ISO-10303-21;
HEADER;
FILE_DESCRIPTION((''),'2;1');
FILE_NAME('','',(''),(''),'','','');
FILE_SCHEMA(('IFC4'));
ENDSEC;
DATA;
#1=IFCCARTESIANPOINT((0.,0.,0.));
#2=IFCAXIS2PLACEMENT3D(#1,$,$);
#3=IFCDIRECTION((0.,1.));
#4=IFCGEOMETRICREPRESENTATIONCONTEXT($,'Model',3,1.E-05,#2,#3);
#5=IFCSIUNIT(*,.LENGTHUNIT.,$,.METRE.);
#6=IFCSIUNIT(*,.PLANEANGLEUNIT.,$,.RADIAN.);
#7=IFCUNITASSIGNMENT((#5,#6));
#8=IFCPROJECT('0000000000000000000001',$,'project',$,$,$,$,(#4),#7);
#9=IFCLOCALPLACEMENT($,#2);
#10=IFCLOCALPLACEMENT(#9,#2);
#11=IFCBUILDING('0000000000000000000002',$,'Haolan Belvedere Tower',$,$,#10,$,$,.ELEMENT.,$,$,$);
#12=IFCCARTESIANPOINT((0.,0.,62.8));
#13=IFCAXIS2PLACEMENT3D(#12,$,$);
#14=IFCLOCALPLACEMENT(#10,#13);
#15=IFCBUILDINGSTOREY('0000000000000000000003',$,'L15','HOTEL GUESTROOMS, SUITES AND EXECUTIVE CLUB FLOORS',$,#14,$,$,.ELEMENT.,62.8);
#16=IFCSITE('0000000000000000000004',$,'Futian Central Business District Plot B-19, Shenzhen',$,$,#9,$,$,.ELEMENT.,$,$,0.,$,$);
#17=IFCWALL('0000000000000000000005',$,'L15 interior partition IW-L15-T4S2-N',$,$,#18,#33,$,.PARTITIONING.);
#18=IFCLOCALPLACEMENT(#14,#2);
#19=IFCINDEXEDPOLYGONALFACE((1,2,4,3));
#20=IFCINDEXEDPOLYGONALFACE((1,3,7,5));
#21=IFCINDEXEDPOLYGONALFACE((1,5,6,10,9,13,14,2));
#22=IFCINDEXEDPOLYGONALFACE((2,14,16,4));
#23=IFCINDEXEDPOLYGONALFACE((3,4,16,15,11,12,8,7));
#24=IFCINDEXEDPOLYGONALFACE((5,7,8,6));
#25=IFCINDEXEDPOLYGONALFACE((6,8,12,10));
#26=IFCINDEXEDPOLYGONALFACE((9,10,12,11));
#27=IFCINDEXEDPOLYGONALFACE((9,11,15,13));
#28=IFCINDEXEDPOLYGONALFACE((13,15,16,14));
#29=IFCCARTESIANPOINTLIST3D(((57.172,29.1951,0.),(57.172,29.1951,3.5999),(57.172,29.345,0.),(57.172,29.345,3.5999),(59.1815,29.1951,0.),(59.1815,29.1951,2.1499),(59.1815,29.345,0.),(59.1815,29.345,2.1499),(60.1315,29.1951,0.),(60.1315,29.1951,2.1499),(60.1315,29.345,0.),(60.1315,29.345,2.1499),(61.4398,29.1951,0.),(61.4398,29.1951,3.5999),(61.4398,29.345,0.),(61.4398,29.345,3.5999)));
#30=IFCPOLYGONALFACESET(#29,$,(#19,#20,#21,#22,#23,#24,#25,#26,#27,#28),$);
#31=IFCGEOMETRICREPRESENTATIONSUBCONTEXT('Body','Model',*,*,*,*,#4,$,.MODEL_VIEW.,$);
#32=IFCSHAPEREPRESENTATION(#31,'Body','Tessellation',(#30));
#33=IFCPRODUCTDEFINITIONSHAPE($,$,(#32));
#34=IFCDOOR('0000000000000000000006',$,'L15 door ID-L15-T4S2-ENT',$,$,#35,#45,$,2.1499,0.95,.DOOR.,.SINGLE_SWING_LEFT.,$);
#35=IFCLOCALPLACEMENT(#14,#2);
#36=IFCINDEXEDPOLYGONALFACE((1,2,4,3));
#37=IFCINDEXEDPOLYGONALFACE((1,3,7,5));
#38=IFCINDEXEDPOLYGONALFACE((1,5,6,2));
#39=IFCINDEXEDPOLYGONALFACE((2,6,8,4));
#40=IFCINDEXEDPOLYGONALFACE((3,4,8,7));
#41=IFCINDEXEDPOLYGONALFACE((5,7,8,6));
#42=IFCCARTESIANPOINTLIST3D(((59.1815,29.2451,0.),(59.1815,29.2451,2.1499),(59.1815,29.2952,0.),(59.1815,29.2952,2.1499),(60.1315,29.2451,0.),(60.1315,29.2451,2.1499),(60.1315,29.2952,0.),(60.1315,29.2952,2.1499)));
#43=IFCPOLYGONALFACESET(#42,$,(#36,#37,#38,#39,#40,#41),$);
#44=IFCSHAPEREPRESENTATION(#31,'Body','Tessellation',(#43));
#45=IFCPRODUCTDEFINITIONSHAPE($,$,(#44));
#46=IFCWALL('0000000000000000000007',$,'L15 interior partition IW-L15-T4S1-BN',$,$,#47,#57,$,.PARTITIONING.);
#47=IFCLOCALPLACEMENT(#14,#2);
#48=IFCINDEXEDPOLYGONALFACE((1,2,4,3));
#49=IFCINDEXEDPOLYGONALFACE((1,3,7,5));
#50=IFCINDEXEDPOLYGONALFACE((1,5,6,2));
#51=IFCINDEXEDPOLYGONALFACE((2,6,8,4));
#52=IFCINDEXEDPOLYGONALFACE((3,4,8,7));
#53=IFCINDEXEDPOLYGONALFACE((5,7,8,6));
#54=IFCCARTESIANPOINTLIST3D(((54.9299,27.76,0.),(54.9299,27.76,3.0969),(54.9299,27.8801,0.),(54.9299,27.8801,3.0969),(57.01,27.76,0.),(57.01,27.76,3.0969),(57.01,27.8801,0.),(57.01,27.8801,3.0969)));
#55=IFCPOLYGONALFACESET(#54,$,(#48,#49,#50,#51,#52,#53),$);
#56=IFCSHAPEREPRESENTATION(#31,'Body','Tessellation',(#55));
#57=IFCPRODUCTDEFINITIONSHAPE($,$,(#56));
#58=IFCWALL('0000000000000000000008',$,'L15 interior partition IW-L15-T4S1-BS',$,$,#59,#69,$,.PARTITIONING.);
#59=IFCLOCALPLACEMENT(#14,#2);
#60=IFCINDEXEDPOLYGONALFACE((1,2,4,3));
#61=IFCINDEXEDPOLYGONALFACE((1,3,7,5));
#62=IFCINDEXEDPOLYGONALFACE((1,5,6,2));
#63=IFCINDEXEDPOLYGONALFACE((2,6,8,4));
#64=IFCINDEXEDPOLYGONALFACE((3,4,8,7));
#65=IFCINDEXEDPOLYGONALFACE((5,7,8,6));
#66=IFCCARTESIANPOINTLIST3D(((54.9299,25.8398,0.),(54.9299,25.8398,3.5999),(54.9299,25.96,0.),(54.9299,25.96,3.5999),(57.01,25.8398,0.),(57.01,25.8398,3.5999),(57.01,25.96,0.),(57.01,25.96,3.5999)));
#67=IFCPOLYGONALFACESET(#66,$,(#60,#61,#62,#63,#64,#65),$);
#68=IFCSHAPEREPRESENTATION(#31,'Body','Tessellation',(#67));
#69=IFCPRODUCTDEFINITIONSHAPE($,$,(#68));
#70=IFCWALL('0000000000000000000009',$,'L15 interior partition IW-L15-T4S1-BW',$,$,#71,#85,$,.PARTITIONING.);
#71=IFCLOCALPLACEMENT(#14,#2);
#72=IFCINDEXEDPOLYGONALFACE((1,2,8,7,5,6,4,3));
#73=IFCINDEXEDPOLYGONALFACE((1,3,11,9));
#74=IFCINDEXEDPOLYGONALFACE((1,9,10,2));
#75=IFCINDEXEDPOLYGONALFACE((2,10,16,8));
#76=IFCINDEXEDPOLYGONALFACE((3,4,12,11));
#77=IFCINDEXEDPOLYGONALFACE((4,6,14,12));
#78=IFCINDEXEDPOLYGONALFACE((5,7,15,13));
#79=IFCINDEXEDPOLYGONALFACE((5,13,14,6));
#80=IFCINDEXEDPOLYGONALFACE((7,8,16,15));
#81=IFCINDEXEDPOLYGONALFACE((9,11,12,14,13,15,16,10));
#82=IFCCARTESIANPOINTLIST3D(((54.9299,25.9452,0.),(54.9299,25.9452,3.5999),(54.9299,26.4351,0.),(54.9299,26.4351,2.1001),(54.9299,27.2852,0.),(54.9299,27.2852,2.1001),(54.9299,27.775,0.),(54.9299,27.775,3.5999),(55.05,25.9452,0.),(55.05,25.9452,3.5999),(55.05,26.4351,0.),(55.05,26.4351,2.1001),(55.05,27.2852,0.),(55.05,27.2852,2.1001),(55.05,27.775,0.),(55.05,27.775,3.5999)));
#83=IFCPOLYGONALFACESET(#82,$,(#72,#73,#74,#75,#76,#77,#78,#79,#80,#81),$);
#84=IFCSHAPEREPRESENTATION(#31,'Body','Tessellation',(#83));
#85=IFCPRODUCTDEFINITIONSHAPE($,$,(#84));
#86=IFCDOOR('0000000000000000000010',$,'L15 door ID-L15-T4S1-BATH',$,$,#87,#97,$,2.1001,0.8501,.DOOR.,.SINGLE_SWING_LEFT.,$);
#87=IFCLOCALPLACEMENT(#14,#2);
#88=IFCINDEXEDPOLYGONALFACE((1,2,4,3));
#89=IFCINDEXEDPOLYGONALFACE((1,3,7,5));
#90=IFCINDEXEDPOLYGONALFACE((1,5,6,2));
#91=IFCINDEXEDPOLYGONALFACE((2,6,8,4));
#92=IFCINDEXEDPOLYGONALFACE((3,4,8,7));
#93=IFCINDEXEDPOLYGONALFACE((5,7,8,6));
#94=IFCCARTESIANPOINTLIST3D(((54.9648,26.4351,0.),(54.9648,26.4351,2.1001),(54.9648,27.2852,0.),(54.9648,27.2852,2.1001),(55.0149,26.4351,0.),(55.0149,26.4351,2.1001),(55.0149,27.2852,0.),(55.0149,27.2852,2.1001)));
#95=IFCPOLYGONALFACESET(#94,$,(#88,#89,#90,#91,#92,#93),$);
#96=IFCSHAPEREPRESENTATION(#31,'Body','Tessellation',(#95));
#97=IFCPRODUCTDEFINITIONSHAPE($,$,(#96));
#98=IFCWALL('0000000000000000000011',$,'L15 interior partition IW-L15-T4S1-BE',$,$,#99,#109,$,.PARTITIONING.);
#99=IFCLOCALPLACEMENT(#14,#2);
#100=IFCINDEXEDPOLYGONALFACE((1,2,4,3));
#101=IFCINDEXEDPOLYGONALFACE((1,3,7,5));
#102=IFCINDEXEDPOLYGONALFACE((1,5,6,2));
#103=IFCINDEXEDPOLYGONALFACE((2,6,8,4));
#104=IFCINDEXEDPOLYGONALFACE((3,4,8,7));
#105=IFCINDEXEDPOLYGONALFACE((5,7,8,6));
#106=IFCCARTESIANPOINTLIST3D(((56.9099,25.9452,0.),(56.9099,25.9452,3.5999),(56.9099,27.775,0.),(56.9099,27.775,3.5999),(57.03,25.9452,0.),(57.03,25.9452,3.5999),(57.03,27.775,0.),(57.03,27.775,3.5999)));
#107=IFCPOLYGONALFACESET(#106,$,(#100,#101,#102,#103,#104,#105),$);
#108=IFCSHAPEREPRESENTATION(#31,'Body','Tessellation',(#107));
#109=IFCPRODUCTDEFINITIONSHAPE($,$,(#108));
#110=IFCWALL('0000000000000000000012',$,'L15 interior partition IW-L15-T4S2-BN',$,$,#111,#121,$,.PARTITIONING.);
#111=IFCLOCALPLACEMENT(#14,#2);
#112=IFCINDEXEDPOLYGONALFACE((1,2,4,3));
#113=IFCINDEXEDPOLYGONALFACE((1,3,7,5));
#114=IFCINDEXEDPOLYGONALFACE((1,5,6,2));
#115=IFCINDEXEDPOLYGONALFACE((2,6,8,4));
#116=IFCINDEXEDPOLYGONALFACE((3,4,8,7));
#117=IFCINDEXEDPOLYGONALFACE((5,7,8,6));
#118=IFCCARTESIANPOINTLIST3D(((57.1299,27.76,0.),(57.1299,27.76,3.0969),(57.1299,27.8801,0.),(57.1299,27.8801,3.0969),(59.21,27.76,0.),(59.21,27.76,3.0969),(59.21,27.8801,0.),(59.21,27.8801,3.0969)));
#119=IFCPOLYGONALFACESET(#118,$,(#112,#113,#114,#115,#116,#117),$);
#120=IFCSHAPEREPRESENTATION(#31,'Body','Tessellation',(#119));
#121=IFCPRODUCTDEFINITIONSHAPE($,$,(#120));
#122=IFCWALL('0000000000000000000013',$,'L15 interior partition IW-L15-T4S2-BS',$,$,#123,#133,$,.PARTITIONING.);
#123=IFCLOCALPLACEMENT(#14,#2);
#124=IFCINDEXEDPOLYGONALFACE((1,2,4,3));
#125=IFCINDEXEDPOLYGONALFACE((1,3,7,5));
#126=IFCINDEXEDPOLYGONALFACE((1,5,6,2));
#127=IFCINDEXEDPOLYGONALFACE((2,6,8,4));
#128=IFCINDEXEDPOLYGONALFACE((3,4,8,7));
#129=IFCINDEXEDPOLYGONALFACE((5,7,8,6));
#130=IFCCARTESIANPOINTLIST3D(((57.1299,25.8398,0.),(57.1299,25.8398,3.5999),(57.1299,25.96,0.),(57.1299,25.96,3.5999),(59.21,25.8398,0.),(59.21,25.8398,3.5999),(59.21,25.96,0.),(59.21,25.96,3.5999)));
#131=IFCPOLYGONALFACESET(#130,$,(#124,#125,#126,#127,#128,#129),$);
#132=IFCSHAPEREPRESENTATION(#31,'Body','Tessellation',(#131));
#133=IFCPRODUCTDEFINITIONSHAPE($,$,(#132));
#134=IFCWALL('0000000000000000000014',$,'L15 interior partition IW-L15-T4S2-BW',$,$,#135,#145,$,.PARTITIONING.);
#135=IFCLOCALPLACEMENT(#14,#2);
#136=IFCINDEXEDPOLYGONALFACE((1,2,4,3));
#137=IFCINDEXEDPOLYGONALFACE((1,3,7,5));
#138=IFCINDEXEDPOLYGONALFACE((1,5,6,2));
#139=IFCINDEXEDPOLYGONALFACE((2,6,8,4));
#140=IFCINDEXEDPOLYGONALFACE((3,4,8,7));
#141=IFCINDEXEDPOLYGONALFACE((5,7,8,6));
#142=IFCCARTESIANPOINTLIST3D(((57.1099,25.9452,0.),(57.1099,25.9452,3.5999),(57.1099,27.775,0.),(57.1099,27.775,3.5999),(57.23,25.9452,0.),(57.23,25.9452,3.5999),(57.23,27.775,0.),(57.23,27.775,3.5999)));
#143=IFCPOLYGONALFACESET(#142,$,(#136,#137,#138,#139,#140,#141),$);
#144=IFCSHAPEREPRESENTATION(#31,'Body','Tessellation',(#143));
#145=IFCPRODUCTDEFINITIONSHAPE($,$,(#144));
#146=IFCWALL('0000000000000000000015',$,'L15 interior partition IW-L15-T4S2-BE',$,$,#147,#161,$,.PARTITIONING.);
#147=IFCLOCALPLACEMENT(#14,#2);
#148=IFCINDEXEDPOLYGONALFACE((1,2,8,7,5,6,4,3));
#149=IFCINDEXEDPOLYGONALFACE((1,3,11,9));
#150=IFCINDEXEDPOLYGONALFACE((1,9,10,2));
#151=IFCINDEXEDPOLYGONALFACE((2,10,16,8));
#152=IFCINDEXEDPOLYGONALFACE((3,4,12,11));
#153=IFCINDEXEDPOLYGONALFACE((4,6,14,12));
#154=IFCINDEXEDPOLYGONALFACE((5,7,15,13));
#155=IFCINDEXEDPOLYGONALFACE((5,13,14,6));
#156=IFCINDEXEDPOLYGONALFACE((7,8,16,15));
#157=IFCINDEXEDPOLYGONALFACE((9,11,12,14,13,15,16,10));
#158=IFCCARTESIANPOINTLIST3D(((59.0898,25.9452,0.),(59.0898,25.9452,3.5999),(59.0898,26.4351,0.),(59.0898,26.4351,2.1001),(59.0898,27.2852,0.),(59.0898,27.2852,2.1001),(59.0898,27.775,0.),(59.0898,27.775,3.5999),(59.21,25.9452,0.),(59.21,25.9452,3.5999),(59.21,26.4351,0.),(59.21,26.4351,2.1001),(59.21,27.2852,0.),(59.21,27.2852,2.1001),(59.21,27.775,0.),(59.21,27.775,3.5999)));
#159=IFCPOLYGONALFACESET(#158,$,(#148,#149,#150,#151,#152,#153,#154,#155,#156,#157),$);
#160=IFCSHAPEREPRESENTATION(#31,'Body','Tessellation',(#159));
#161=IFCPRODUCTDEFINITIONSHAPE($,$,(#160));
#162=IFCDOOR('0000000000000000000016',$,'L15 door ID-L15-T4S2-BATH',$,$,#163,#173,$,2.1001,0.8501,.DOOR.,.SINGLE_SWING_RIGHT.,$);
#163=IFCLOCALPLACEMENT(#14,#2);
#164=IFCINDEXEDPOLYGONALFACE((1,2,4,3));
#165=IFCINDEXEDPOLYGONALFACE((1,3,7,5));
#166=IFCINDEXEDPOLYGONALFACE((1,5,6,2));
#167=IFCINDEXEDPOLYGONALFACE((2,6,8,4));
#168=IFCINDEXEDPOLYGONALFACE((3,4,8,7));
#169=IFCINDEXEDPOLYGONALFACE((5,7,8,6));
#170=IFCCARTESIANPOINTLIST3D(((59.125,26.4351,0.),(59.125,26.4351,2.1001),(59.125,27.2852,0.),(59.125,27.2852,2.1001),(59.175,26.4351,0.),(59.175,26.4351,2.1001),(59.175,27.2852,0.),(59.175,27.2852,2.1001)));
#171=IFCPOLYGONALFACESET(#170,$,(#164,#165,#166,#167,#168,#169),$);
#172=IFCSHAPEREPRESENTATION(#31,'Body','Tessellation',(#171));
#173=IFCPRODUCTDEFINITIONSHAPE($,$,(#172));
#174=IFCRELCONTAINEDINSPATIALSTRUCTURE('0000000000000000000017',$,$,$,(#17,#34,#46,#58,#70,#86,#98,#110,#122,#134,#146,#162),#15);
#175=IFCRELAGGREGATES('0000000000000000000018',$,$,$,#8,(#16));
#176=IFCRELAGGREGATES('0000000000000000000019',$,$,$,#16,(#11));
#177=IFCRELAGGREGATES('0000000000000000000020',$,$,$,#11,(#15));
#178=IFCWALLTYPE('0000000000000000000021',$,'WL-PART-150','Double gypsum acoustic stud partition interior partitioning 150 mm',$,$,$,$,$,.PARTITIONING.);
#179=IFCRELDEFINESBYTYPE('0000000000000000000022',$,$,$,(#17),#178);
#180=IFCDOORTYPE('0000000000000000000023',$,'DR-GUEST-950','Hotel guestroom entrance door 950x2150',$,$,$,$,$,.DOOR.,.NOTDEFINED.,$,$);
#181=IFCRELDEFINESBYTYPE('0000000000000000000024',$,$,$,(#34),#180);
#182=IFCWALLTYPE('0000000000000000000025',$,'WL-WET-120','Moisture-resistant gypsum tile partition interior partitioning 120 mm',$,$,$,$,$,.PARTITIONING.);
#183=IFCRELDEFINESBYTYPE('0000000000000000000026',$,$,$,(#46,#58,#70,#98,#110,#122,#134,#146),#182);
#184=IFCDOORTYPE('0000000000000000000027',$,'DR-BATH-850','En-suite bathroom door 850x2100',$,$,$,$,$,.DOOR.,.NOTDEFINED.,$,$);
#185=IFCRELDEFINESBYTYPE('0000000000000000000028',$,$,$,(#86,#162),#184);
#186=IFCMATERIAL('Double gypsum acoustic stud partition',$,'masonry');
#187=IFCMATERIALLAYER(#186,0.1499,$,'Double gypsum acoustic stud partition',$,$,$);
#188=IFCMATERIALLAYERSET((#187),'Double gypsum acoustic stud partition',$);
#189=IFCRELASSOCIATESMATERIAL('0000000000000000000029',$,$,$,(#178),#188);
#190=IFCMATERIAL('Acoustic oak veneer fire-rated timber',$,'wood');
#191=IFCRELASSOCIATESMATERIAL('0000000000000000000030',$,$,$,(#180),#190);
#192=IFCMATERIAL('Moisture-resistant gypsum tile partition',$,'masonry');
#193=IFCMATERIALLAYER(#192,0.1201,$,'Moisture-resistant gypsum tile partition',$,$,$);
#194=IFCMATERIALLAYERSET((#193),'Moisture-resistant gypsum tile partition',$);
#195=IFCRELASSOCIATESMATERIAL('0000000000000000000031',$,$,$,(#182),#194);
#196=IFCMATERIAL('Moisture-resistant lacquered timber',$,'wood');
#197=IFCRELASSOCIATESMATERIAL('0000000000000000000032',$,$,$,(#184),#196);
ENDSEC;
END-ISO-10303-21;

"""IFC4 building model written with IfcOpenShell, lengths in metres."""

from ifc_helpers import new_model, si_unit, direction, frame, frame_2d, origin, place, context, subcontext, project, spatial, rectangle, extrude, material, layer, layer_set, type_object, element, fill, save


model = new_model("IFC4")

# Units and contexts
model_context = context("Model", 3, precision=1e-05, world=origin(), true_north=direction((0.0, 1.0)))
body_context = subcontext(model_context, "Body", "Model", "MODEL_VIEW")
ifc_project = project(units=[si_unit("LENGTHUNIT", "METRE"), si_unit("PLANEANGLEUNIT", "RADIAN")], contexts=[model_context])

# Site, building, storey
site_placement = place(None, origin())
site = spatial("IfcSite", under=ifc_project, at=site_placement, Name="Futian Central Business District Plot B-19, Shenzhen", CompositionType="ELEMENT", RefElevation=0.0)
building_placement = place(site_placement, origin())
building = spatial("IfcBuilding", under=site, at=building_placement, Name="Haolan Belvedere Tower", CompositionType="ELEMENT")
storey_placement = place(building_placement, frame((0.0, 0.0, 62.8)))
storey = spatial("IfcBuildingStorey", under=building, at=storey_placement, Name="L15", Description="HOTEL GUESTROOMS, SUITES AND EXECUTIVE CLUB FLOORS", CompositionType="ELEMENT", Elevation=62.8)

# Shared definitions
ifc_material_1 = material(Name="Double gypsum acoustic stud partition", Category="masonry")
ifc_layer_1 = layer(ifc_material_1, 0.1499, Name="Double gypsum acoustic stud partition")
ifc_layer_set_1 = layer_set([ifc_layer_1], Name="Double gypsum acoustic stud partition")
wall_type_1 = type_object("IfcWallType", Name="WL-PART-150", Description="Double gypsum acoustic stud partition interior partitioning 150 mm", PredefinedType="PARTITIONING", material=ifc_layer_set_1)

# Shared definitions
ifc_material_2 = material(Name="Acoustic oak veneer fire-rated timber", Category="wood")
door_type_1 = type_object("IfcDoorType", Name="DR-GUEST-950", Description="Hotel guestroom entrance door 950x2150", OperationType="NOTDEFINED", PredefinedType="DOOR", material=ifc_material_2)

# Wall, opening, door
wall_1_placement = place(storey_placement, frame((57.1721, 29.27, 0.0), z_axis=(0.0, 0.0, 1.0), x_axis=(1.0, 0.0, 0.0)))
wall_1 = element("IfcWall", 1, at=wall_1_placement, inside=storey, type_object=wall_type_1, Name="L15 interior partition IW-L15-T4S2-N", PredefinedType="PARTITIONING", context=body_context, shape_type="SweptSolid", body=[
    extrude(rectangle(XDim=4.2678, YDim=0.1499, at=frame_2d((2.1338, 0.0))), origin(), (0.0, 0.0, 1.0), 3.5999),
])
opening_1_placement = place(wall_1_placement, frame((2.9595, 0.0, 0.0), z_axis=(0.0, 0.0, 1.0), x_axis=(-1.0, 0.0, 0.0)))
opening_1 = element("IfcOpeningElement", 2, at=opening_1_placement, cuts=wall_1, PredefinedType="OPENING", context=body_context, shape_type="SweptSolid", body=[
    extrude(rectangle(XDim=0.95, YDim=2.1499, at=frame_2d((0.4751, 1.075))), frame((0.0, 0.085, 0.0), z_axis=(0.0, -1.0, 0.0), x_axis=(1.0, 0.0, 0.0)), (0.0, 0.0, 1.0), 0.1699),
])
door_1_placement = place(opening_1_placement, origin())
door_1 = element("IfcDoor", 3, at=door_1_placement, inside=storey, type_object=door_type_1, Name="L15 door ID-L15-T4S2-ENT", OperationType="SINGLE_SWING_LEFT", OverallHeight=2.1499, OverallWidth=0.95, PredefinedType="DOOR", context=body_context, shape_type="SweptSolid", body=[
    extrude(rectangle(XDim=0.95, YDim=2.1499, at=frame_2d((0.4751, 1.075))), frame((0.0, 0.0249, 0.0), z_axis=(0.0, -1.0, 0.0), x_axis=(1.0, 0.0, 0.0)), (0.0, 0.0, 1.0), 0.05),
])
fill(opening_1, door_1)

# Walls
ifc_material_3 = material(Name="Moisture-resistant gypsum tile partition", Category="masonry")
ifc_layer_2 = layer(ifc_material_3, 0.1201, Name="Moisture-resistant gypsum tile partition")
ifc_layer_set_2 = layer_set([ifc_layer_2], Name="Moisture-resistant gypsum tile partition")
wall_type_2 = type_object("IfcWallType", Name="WL-WET-120", Description="Moisture-resistant gypsum tile partition interior partitioning 120 mm", PredefinedType="PARTITIONING", material=ifc_layer_set_2)
wall_2_placement = place(storey_placement, frame((54.9299, 27.8201, 0.0), z_axis=(0.0, 0.0, 1.0), x_axis=(1.0, 0.0, 0.0)))
element("IfcWall", 4, at=wall_2_placement, inside=storey, type_object=wall_type_2, Name="L15 interior partition IW-L15-T4S1-BN", PredefinedType="PARTITIONING", context=body_context, shape_type="SweptSolid", body=[
    extrude(rectangle(XDim=2.0801, YDim=0.1201, at=frame_2d((1.04, 0.0))), origin(), (0.0, 0.0, 1.0), 3.0969),
])
wall_3_placement = place(storey_placement, frame((54.9299, 25.8999, 0.0), z_axis=(0.0, 0.0, 1.0), x_axis=(1.0, 0.0, 0.0)))
element("IfcWall", 5, at=wall_3_placement, inside=storey, type_object=wall_type_2, Name="L15 interior partition IW-L15-T4S1-BS", PredefinedType="PARTITIONING", context=body_context, shape_type="SweptSolid", body=[
    extrude(rectangle(XDim=2.0801, YDim=0.1201, at=frame_2d((1.04, 0.0))), origin(), (0.0, 0.0, 1.0), 3.5999),
])

# Wall, opening, door
wall_4_placement = place(storey_placement, frame((54.99, 25.9451, 0.0), z_axis=(0.0, 0.0, 1.0), x_axis=(0.0, 1.0, 0.0)))
wall_4 = element("IfcWall", 6, at=wall_4_placement, inside=storey, type_object=wall_type_2, Name="L15 interior partition IW-L15-T4S1-BW", PredefinedType="PARTITIONING", context=body_context, shape_type="SweptSolid", body=[
    extrude(rectangle(XDim=1.8298, YDim=0.1201, at=frame_2d((0.915, 0.0))), origin(), (0.0, 0.0, 1.0), 3.5999),
])
opening_2_placement = place(wall_4_placement, frame((1.3401, 0.0, 0.0), z_axis=(0.0, 0.0, 1.0), x_axis=(-1.0, 0.0, 0.0)))
opening_2 = element("IfcOpeningElement", 7, at=opening_2_placement, cuts=wall_4, PredefinedType="OPENING", context=body_context, shape_type="SweptSolid", body=[
    extrude(rectangle(XDim=0.8501, YDim=2.1001, at=frame_2d((0.425, 1.05))), frame((0.0, 0.0701, 0.0), z_axis=(0.0, -1.0, 0.0), x_axis=(1.0, 0.0, 0.0)), (0.0, 0.0, 1.0), 0.1401),
])
ifc_material_4 = material(Name="Moisture-resistant lacquered timber", Category="wood")
door_type_2 = type_object("IfcDoorType", Name="DR-BATH-850", Description="En-suite bathroom door 850x2100", OperationType="NOTDEFINED", PredefinedType="DOOR", material=ifc_material_4)
door_2_placement = place(opening_2_placement, origin())
door_2 = element("IfcDoor", 8, at=door_2_placement, inside=storey, type_object=door_type_2, Name="L15 door ID-L15-T4S1-BATH", OperationType="SINGLE_SWING_LEFT", OverallHeight=2.1001, OverallWidth=0.8501, PredefinedType="DOOR", context=body_context, shape_type="SweptSolid", body=[
    extrude(rectangle(XDim=0.8501, YDim=2.1001, at=frame_2d((0.425, 1.05))), frame((0.0, 0.0249, 0.0), z_axis=(0.0, -1.0, 0.0), x_axis=(1.0, 0.0, 0.0)), (0.0, 0.0, 1.0), 0.05),
])
fill(opening_2, door_2)

# Walls
wall_5_placement = place(storey_placement, frame((56.97, 25.9451, 0.0), z_axis=(0.0, 0.0, 1.0), x_axis=(0.0, 1.0, 0.0)))
element("IfcWall", 9, at=wall_5_placement, inside=storey, type_object=wall_type_2, Name="L15 interior partition IW-L15-T4S1-BE", PredefinedType="PARTITIONING", context=body_context, shape_type="SweptSolid", body=[
    extrude(rectangle(XDim=1.8298, YDim=0.1201, at=frame_2d((0.915, 0.0))), origin(), (0.0, 0.0, 1.0), 3.5999),
])
wall_6_placement = place(storey_placement, frame((57.1299, 27.8201, 0.0), z_axis=(0.0, 0.0, 1.0), x_axis=(1.0, 0.0, 0.0)))
element("IfcWall", 10, at=wall_6_placement, inside=storey, type_object=wall_type_2, Name="L15 interior partition IW-L15-T4S2-BN", PredefinedType="PARTITIONING", context=body_context, shape_type="SweptSolid", body=[
    extrude(rectangle(XDim=2.0801, YDim=0.1201, at=frame_2d((1.04, 0.0))), origin(), (0.0, 0.0, 1.0), 3.0969),
])
wall_7_placement = place(storey_placement, frame((57.1299, 25.8999, 0.0), z_axis=(0.0, 0.0, 1.0), x_axis=(1.0, 0.0, 0.0)))
element("IfcWall", 11, at=wall_7_placement, inside=storey, type_object=wall_type_2, Name="L15 interior partition IW-L15-T4S2-BS", PredefinedType="PARTITIONING", context=body_context, shape_type="SweptSolid", body=[
    extrude(rectangle(XDim=2.0801, YDim=0.1201, at=frame_2d((1.04, 0.0))), origin(), (0.0, 0.0, 1.0), 3.5999),
])
wall_8_placement = place(storey_placement, frame((57.1699, 25.9451, 0.0), z_axis=(0.0, 0.0, 1.0), x_axis=(0.0, 1.0, 0.0)))
element("IfcWall", 12, at=wall_8_placement, inside=storey, type_object=wall_type_2, Name="L15 interior partition IW-L15-T4S2-BW", PredefinedType="PARTITIONING", context=body_context, shape_type="SweptSolid", body=[
    extrude(rectangle(XDim=1.8298, YDim=0.1201, at=frame_2d((0.915, 0.0))), origin(), (0.0, 0.0, 1.0), 3.5999),
])

# Wall, opening, door
wall_9_placement = place(storey_placement, frame((59.1499, 25.9451, 0.0), z_axis=(0.0, 0.0, 1.0), x_axis=(0.0, 1.0, 0.0)))
wall_9 = element("IfcWall", 13, at=wall_9_placement, inside=storey, type_object=wall_type_2, Name="L15 interior partition IW-L15-T4S2-BE", PredefinedType="PARTITIONING", context=body_context, shape_type="SweptSolid", body=[
    extrude(rectangle(XDim=1.8298, YDim=0.1201, at=frame_2d((0.915, 0.0))), origin(), (0.0, 0.0, 1.0), 3.5999),
])
opening_3_placement = place(wall_9_placement, frame((0.49, 0.0, 0.0)))
opening_3 = element("IfcOpeningElement", 14, at=opening_3_placement, cuts=wall_9, PredefinedType="OPENING", context=body_context, shape_type="SweptSolid", body=[
    extrude(rectangle(XDim=0.8501, YDim=2.1001, at=frame_2d((0.425, 1.05))), frame((0.0, 0.0701, 0.0), z_axis=(0.0, -1.0, 0.0), x_axis=(1.0, 0.0, 0.0)), (0.0, 0.0, 1.0), 0.1401),
])
door_3_placement = place(opening_3_placement, origin())
door_3 = element("IfcDoor", 15, at=door_3_placement, inside=storey, type_object=door_type_2, Name="L15 door ID-L15-T4S2-BATH", OperationType="SINGLE_SWING_RIGHT", OverallHeight=2.1001, OverallWidth=0.8501, PredefinedType="DOOR", context=body_context, shape_type="SweptSolid", body=[
    extrude(rectangle(XDim=0.8501, YDim=2.1001, at=frame_2d((0.425, 1.05))), frame((0.0, 0.0249, 0.0), z_axis=(0.0, -1.0, 0.0), x_axis=(1.0, 0.0, 0.0)), (0.0, 0.0, 1.0), 0.05),
])
fill(opening_3, door_3)

save(model, "model.ifc")
